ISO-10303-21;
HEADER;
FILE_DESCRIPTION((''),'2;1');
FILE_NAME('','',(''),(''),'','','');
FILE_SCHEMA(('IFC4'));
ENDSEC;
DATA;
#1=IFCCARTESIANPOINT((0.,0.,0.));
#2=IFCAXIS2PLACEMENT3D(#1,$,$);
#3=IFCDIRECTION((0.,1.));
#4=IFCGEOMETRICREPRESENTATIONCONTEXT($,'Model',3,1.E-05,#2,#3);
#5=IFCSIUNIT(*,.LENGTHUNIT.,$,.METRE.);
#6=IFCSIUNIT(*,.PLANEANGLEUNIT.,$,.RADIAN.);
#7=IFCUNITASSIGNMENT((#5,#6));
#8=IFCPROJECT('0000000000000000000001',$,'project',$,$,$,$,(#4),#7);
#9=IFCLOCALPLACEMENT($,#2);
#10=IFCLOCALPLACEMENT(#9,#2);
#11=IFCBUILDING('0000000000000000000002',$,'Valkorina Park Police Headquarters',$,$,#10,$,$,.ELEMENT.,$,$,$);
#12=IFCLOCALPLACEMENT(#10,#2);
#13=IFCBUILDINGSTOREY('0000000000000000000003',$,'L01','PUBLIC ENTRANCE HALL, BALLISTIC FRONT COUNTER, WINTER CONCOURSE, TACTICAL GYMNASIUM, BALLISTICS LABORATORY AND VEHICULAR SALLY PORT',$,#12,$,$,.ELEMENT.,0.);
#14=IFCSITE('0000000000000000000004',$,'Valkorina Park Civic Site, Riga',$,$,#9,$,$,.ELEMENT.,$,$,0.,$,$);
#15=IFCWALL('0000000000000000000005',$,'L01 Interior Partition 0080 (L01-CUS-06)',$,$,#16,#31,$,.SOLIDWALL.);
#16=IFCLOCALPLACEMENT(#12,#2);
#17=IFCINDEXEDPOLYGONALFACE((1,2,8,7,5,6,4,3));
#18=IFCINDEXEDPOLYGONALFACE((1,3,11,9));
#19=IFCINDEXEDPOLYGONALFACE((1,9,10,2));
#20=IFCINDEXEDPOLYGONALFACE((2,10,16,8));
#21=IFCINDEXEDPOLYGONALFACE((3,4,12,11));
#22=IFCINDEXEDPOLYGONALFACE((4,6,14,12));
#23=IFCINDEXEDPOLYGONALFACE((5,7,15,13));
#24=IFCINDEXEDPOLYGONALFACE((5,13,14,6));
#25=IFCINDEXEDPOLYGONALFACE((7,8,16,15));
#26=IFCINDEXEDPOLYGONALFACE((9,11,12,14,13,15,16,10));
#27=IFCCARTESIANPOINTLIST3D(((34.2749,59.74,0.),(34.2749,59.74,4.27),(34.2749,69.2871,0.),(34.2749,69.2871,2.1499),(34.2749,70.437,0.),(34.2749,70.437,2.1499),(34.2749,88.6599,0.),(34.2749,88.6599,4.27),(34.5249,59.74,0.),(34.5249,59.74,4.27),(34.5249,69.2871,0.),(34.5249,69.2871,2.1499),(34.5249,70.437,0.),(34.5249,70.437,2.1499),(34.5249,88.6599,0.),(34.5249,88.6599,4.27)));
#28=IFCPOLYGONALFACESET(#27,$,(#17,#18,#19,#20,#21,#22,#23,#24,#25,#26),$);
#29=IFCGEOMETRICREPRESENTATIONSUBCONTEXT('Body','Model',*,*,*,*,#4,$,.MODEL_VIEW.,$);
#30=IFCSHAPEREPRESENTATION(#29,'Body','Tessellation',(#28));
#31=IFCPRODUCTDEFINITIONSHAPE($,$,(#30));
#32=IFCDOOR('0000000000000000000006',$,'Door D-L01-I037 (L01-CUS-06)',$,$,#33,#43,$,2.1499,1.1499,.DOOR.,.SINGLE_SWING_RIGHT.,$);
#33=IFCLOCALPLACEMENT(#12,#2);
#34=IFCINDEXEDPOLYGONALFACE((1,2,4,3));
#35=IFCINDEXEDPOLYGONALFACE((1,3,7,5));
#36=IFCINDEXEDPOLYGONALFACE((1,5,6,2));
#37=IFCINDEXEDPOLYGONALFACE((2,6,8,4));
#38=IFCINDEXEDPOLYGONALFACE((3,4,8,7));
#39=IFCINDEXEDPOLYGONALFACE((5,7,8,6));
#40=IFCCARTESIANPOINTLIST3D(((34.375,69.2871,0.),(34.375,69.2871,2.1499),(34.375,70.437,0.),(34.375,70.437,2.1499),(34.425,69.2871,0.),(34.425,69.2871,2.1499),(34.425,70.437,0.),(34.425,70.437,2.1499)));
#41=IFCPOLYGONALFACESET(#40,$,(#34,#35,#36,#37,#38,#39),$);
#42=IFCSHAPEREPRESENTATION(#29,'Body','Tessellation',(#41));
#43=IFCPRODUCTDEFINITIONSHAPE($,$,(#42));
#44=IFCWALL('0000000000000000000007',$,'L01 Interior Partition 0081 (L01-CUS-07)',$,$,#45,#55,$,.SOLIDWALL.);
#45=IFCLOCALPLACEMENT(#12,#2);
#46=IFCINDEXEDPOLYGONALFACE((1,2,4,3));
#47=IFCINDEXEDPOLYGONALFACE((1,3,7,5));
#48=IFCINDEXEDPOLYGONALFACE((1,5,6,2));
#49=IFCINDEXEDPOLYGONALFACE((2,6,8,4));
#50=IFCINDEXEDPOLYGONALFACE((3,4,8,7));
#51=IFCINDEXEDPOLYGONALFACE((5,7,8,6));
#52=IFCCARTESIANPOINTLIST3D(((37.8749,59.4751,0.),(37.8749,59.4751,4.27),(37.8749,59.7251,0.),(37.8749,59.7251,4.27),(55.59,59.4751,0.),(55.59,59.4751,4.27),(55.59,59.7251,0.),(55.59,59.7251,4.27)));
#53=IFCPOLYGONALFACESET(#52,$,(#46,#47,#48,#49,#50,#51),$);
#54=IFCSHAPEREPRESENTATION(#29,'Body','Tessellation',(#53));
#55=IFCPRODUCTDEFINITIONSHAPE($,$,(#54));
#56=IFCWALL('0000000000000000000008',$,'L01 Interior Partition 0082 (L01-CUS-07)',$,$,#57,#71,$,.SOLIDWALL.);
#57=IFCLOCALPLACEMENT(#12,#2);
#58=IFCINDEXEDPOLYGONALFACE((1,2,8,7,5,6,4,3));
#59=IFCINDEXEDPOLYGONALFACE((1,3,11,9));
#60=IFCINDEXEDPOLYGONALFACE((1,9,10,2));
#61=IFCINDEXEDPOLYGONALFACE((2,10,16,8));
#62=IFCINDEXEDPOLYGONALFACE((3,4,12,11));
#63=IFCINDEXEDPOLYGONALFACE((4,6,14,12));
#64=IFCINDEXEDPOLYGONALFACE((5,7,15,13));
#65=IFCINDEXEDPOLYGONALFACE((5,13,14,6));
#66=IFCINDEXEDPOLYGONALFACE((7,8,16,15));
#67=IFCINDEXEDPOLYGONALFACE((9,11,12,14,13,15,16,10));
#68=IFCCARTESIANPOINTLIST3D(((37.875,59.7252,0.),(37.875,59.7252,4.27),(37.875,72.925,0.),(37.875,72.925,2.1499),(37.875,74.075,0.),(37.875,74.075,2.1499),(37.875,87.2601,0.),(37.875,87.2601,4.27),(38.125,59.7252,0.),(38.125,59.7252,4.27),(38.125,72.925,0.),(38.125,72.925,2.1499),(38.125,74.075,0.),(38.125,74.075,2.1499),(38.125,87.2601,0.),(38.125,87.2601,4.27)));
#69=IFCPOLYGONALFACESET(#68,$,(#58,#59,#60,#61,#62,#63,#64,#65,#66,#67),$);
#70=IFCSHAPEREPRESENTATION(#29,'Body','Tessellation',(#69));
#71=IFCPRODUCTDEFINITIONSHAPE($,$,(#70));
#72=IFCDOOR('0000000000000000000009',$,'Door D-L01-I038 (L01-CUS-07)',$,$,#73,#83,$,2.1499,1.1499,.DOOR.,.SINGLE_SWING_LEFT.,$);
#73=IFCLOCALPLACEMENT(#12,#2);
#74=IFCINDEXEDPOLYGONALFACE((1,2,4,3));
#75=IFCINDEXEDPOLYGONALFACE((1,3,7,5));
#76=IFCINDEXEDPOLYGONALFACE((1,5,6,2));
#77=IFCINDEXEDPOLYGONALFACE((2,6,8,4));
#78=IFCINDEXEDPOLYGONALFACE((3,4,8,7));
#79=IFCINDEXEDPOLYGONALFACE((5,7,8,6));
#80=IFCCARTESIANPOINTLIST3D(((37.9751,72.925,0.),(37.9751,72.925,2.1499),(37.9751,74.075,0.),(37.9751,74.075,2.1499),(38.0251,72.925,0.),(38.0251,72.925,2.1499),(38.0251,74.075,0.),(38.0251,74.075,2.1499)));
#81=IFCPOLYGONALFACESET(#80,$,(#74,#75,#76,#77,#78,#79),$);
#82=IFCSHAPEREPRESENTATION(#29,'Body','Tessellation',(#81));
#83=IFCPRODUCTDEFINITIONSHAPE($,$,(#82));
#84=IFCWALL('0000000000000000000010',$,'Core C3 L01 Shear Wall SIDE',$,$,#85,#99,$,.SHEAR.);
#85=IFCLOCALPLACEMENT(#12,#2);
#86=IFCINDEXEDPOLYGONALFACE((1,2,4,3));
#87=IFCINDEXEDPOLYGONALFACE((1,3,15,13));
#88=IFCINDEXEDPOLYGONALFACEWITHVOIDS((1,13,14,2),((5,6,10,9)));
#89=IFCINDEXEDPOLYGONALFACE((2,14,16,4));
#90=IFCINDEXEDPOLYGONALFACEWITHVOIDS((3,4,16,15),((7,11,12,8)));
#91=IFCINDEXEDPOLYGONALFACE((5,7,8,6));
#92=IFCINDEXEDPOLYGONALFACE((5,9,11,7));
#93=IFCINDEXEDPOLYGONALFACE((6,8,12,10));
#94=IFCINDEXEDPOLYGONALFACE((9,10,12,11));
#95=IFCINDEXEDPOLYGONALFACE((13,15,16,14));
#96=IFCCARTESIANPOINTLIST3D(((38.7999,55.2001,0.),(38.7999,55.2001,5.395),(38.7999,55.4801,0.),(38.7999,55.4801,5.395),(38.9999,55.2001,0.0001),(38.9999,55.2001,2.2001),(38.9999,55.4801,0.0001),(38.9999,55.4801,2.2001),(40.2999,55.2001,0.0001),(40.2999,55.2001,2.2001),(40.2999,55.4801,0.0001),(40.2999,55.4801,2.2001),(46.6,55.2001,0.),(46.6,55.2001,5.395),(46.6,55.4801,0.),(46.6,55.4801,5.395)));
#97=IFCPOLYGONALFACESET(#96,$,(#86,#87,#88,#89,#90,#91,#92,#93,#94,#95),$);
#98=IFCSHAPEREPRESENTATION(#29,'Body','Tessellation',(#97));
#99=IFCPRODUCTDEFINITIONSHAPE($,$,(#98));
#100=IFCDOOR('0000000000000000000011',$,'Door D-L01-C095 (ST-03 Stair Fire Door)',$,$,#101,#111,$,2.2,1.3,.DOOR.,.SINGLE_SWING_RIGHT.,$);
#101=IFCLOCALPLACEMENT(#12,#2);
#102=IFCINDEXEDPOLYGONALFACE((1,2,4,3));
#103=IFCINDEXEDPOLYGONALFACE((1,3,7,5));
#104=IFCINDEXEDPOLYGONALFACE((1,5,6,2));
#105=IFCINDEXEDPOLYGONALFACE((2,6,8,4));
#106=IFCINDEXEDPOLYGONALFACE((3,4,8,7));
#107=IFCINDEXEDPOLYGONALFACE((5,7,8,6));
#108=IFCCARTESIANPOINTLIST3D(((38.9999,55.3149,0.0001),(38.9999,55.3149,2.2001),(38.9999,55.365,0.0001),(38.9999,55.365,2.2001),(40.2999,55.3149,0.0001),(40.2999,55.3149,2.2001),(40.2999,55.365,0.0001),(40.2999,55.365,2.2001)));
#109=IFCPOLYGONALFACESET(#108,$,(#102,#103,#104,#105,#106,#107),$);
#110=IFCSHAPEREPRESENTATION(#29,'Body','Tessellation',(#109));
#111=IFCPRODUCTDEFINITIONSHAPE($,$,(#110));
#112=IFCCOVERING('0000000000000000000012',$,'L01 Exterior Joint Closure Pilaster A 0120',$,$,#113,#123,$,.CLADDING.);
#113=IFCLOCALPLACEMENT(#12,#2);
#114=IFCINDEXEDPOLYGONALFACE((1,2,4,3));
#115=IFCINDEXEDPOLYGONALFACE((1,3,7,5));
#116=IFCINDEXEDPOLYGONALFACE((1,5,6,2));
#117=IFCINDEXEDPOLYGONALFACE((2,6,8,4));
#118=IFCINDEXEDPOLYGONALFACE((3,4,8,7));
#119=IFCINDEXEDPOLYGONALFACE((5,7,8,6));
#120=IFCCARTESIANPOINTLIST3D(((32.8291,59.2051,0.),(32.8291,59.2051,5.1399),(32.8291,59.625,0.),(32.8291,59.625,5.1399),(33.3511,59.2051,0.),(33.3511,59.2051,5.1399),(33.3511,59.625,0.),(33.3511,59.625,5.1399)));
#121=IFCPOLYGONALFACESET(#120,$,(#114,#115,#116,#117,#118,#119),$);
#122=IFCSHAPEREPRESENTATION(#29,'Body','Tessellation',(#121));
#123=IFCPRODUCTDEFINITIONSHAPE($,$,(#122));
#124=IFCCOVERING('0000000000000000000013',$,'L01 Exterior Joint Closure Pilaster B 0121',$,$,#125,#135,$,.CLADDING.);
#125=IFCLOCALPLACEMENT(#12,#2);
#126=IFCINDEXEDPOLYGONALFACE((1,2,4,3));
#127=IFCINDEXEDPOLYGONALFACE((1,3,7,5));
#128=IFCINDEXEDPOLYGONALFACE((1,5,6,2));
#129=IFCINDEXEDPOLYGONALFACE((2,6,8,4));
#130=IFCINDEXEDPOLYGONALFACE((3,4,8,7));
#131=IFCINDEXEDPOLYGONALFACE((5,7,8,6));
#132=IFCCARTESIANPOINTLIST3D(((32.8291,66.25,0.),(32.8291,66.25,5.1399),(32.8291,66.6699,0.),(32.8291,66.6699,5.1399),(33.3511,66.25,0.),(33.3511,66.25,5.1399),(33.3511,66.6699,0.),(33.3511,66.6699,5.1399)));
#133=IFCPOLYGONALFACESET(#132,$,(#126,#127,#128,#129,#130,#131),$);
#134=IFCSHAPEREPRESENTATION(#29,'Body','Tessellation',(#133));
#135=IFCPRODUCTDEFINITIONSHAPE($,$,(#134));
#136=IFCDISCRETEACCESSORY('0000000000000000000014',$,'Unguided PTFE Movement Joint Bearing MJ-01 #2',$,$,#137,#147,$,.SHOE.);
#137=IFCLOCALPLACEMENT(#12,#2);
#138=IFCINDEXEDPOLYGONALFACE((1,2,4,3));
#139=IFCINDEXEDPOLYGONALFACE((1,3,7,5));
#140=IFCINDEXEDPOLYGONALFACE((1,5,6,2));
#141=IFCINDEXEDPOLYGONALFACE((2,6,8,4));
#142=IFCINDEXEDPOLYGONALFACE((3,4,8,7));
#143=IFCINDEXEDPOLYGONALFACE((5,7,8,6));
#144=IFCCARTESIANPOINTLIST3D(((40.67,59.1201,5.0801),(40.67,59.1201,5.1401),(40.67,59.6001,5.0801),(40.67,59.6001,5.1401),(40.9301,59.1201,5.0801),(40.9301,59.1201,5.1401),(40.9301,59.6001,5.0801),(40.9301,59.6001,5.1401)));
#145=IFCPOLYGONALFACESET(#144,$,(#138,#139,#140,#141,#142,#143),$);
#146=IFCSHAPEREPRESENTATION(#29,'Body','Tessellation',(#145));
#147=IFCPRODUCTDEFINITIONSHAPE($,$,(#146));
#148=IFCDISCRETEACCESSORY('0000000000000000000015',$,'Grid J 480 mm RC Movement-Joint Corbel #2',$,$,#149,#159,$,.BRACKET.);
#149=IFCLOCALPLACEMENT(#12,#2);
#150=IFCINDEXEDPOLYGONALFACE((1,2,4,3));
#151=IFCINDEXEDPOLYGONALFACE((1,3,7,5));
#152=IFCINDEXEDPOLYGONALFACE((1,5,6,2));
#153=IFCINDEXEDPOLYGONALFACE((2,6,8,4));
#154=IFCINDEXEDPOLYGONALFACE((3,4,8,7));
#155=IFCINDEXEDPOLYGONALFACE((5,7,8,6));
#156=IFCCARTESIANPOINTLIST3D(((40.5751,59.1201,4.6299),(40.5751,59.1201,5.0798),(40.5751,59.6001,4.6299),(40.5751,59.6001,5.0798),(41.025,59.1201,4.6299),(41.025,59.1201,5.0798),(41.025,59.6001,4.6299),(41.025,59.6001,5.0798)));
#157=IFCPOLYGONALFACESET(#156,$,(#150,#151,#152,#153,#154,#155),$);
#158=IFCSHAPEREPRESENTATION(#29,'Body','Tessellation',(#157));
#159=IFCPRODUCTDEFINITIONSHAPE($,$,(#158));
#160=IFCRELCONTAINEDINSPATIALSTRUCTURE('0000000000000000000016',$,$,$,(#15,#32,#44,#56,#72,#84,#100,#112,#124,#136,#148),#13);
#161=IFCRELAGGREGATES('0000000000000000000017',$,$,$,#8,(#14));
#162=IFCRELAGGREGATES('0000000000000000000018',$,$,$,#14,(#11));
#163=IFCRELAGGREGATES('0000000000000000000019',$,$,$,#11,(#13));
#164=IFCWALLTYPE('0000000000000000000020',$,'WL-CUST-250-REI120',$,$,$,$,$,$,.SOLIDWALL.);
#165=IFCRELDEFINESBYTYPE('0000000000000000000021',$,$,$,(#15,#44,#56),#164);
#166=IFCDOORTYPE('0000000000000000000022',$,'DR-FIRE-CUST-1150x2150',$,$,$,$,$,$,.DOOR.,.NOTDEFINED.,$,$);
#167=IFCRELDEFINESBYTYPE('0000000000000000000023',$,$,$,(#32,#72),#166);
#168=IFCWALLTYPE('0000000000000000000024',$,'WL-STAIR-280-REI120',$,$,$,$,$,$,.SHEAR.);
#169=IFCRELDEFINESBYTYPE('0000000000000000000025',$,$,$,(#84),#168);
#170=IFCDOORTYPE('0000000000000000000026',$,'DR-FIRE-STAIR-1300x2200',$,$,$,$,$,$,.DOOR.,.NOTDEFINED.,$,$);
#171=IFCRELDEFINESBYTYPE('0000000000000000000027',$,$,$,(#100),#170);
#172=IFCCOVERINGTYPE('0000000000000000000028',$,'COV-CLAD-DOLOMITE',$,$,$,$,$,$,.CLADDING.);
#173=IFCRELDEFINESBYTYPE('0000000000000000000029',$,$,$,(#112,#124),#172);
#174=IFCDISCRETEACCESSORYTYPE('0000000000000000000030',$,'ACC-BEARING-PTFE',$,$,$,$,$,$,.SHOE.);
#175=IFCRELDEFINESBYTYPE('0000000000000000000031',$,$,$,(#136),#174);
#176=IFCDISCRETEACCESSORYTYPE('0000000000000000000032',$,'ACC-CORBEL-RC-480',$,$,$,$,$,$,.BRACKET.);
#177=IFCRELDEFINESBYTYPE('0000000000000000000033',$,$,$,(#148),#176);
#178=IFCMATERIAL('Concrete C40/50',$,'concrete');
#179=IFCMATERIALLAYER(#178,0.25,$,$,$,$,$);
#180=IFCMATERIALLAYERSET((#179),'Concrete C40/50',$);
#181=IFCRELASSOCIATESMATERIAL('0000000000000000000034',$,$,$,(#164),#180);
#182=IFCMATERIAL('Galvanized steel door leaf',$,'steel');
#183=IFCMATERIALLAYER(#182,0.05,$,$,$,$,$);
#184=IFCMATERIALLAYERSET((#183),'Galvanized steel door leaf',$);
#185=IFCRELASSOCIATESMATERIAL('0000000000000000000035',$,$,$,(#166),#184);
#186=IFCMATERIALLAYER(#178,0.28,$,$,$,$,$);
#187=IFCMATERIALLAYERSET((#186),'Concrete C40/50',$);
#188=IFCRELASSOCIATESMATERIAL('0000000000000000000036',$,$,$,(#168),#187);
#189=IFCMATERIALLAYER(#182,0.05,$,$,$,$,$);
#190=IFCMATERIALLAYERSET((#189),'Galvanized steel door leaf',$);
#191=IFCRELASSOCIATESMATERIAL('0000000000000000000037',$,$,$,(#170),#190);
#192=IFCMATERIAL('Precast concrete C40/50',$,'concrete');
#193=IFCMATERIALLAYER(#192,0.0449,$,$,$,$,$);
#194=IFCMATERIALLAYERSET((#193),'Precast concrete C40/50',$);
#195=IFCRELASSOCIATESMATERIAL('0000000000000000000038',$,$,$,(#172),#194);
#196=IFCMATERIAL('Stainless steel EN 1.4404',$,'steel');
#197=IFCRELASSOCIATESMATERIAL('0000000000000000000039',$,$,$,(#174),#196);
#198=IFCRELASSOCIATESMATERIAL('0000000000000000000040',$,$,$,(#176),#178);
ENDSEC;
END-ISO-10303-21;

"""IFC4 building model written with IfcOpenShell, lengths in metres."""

from ifc_helpers import new_model, si_unit, direction, frame, frame_2d, origin, origin_2d, place, context, subcontext, project, spatial, rectangle, extrude, material, layer, layer_set, type_object, element, fill, save


model = new_model("IFC4")

# Units and contexts
model_context = context("Model", 3, precision=1e-05, world=origin(), true_north=direction((0.0, 1.0)))
body_context = subcontext(model_context, "Body", "Model", "MODEL_VIEW")
ifc_project = project(units=[si_unit("LENGTHUNIT", "METRE"), si_unit("PLANEANGLEUNIT", "RADIAN")], contexts=[model_context])

# Site, building, storey
site_placement = place(None, origin())
site = spatial("IfcSite", under=ifc_project, at=site_placement, Name="Valkorina Park Civic Site, Riga", CompositionType="ELEMENT", RefElevation=0.0)
building_placement = place(site_placement, origin())
building = spatial("IfcBuilding", under=site, at=building_placement, Name="Valkorina Park Police Headquarters", CompositionType="ELEMENT")
storey_placement = place(building_placement, origin())
storey = spatial("IfcBuildingStorey", under=building, at=storey_placement, Name="L01", Description="PUBLIC ENTRANCE HALL, BALLISTIC FRONT COUNTER, WINTER CONCOURSE, TACTICAL GYMNASIUM, BALLISTICS LABORATORY AND VEHICULAR SALLY PORT", CompositionType="ELEMENT", Elevation=0.0)

# Shared definitions
ifc_material_1 = material(Name="Concrete C40/50", Category="concrete")

# Wall, opening, door
ifc_layer_1 = layer(ifc_material_1, 0.25)
ifc_layer_set_1 = layer_set([ifc_layer_1], Name="Concrete C40/50")
wall_type_1 = type_object("IfcWallType", Name="WL-CUST-250-REI120", PredefinedType="SOLIDWALL", material=ifc_layer_set_1)
wall_1_placement = place(storey_placement, frame((34.3999, 59.74, 0.0), z_axis=(0.0, 0.0, 1.0), x_axis=(0.0, 1.0, 0.0)))
wall_1 = element("IfcWall", 1, at=wall_1_placement, inside=storey, type_object=wall_type_1, Name="L01 Interior Partition 0080 (L01-CUS-06)", PredefinedType="SOLIDWALL", context=body_context, shape_type="SweptSolid", body=[
    extrude(rectangle(XDim=28.9199, YDim=0.25, at=frame_2d((14.46, 0.0))), origin(), (0.0, 0.0, 1.0), 4.27),
])
opening_1_placement = place(wall_1_placement, frame((9.5471, 0.0, 0.0)))
opening_1 = element("IfcOpeningElement", 2, at=opening_1_placement, cuts=wall_1, PredefinedType="OPENING", context=body_context, shape_type="SweptSolid", body=[
    extrude(rectangle(XDim=1.1499, YDim=2.1499, at=frame_2d((0.575, 1.075))), frame((0.0, 0.135, 0.0), z_axis=(0.0, -1.0, 0.0), x_axis=(1.0, 0.0, 0.0)), (0.0, 0.0, 1.0), 0.27),
])
ifc_material_2 = material(Name="Galvanized steel door leaf", Category="steel")
ifc_layer_2 = layer(ifc_material_2, 0.05)
ifc_layer_set_2 = layer_set([ifc_layer_2], Name="Galvanized steel door leaf")
door_type_1 = type_object("IfcDoorType", Name="DR-FIRE-CUST-1150x2150", OperationType="NOTDEFINED", PredefinedType="DOOR", material=ifc_layer_set_2)
door_1_placement = place(opening_1_placement, origin())
door_1 = element("IfcDoor", 3, at=door_1_placement, inside=storey, type_object=door_type_1, Name="Door D-L01-I037 (L01-CUS-06)", OperationType="SINGLE_SWING_RIGHT", OverallHeight=2.1499, OverallWidth=1.1499, PredefinedType="DOOR", context=body_context, shape_type="SweptSolid", body=[
    extrude(rectangle(XDim=1.1499, YDim=2.1499, at=frame_2d((0.575, 1.075))), frame((0.0, 0.0249, 0.0), z_axis=(0.0, -1.0, 0.0), x_axis=(1.0, 0.0, 0.0)), (0.0, 0.0, 1.0), 0.05),
])
fill(opening_1, door_1)

# Wall
wall_2_placement = place(storey_placement, frame((37.875, 59.6001, 0.0), z_axis=(0.0, 0.0, 1.0), x_axis=(1.0, 0.0, 0.0)))
element("IfcWall", 4, at=wall_2_placement, inside=storey, type_object=wall_type_1, Name="L01 Interior Partition 0081 (L01-CUS-07)", PredefinedType="SOLIDWALL", context=body_context, shape_type="SweptSolid", body=[
    extrude(rectangle(XDim=17.7151, YDim=0.25, at=frame_2d((8.8574, 0.0))), origin(), (0.0, 0.0, 1.0), 4.27),
])

# Walls, openings, doors
wall_3_placement = place(storey_placement, frame((38.0, 59.7251, 0.0), z_axis=(0.0, 0.0, 1.0), x_axis=(0.0, 1.0, 0.0)))
wall_3 = element("IfcWall", 5, at=wall_3_placement, inside=storey, type_object=wall_type_1, Name="L01 Interior Partition 0082 (L01-CUS-07)", PredefinedType="SOLIDWALL", context=body_context, shape_type="SweptSolid", body=[
    extrude(rectangle(XDim=27.5349, YDim=0.25, at=frame_2d((13.7676, 0.0))), origin(), (0.0, 0.0, 1.0), 4.27),
])
opening_2_placement = place(wall_3_placement, frame((13.2, 0.0, 0.0)))
opening_2 = element("IfcOpeningElement", 6, at=opening_2_placement, cuts=wall_3, PredefinedType="OPENING", context=body_context, shape_type="SweptSolid", body=[
    extrude(rectangle(XDim=1.1499, YDim=2.1499, at=frame_2d((0.575, 1.075))), frame((0.0, 0.135, 0.0), z_axis=(0.0, -1.0, 0.0), x_axis=(1.0, 0.0, 0.0)), (0.0, 0.0, 1.0), 0.27),
])
door_2_placement = place(opening_2_placement, origin())
door_2 = element("IfcDoor", 7, at=door_2_placement, inside=storey, type_object=door_type_1, Name="Door D-L01-I038 (L01-CUS-07)", OperationType="SINGLE_SWING_LEFT", OverallHeight=2.1499, OverallWidth=1.1499, PredefinedType="DOOR", context=body_context, shape_type="SweptSolid", body=[
    extrude(rectangle(XDim=1.1499, YDim=2.1499, at=frame_2d((0.575, 1.075))), frame((0.0, 0.0249, 0.0), z_axis=(0.0, -1.0, 0.0), x_axis=(1.0, 0.0, 0.0)), (0.0, 0.0, 1.0), 0.05),
])
fill(opening_2, door_2)
ifc_layer_3 = layer(ifc_material_1, 0.28)
ifc_layer_set_3 = layer_set([ifc_layer_3], Name="Concrete C40/50")
wall_type_2 = type_object("IfcWallType", Name="WL-STAIR-280-REI120", PredefinedType="SHEAR", material=ifc_layer_set_3)
wall_4_placement = place(storey_placement, frame((38.8, 55.3401, 0.0), z_axis=(0.0, 0.0, 1.0), x_axis=(1.0, 0.0, 0.0)))
wall_4 = element("IfcWall", 8, at=wall_4_placement, inside=storey, type_object=wall_type_2, Name="Core C3 L01 Shear Wall SIDE", PredefinedType="SHEAR", context=body_context, shape_type="SweptSolid", body=[
    extrude(rectangle(XDim=7.8, YDim=0.28, at=frame_2d((3.8999, 0.0))), origin(), (0.0, 0.0, 1.0), 5.395),
])
opening_3_placement = place(wall_4_placement, frame((0.2, 0.0, 0.0)))
opening_3 = element("IfcOpeningElement", 9, at=opening_3_placement, cuts=wall_4, PredefinedType="OPENING", context=body_context, shape_type="SweptSolid", body=[
    extrude(rectangle(XDim=1.3, YDim=2.2, at=frame_2d((0.6499, 1.1001))), frame((0.0, 0.1499, 0.0), z_axis=(0.0, -1.0, 0.0), x_axis=(1.0, 0.0, 0.0)), (0.0, 0.0, 1.0), 0.3),
])
ifc_layer_4 = layer(ifc_material_2, 0.05)
ifc_layer_set_4 = layer_set([ifc_layer_4], Name="Galvanized steel door leaf")
door_type_2 = type_object("IfcDoorType", Name="DR-FIRE-STAIR-1300x2200", OperationType="NOTDEFINED", PredefinedType="DOOR", material=ifc_layer_set_4)
door_3_placement = place(opening_3_placement, origin())
door_3 = element("IfcDoor", 10, at=door_3_placement, inside=storey, type_object=door_type_2, Name="Door D-L01-C095 (ST-03 Stair Fire Door)", OperationType="SINGLE_SWING_RIGHT", OverallHeight=2.2, OverallWidth=1.3, PredefinedType="DOOR", context=body_context, shape_type="SweptSolid", body=[
    extrude(rectangle(XDim=1.3, YDim=2.2, at=frame_2d((0.6499, 1.1001))), frame((0.0, 0.0249, 0.0), z_axis=(0.0, -1.0, 0.0), x_axis=(1.0, 0.0, 0.0)), (0.0, 0.0, 1.0), 0.05),
])
fill(opening_3, door_3)

# Coverings
ifc_material_3 = material(Name="Precast concrete C40/50", Category="concrete")
ifc_layer_5 = layer(ifc_material_3, 0.0449)
ifc_layer_set_5 = layer_set([ifc_layer_5], Name="Precast concrete C40/50")
covering_type = type_object("IfcCoveringType", Name="COV-CLAD-DOLOMITE", PredefinedType="CLADDING", material=ifc_layer_set_5)
for number, where, z_axis, x_axis, name in (
    (11, (33.0901, 59.415, 0.0), (0.0, 0.0, 1.0), (0.0, 1.0, 0.0), "L01 Exterior Joint Closure Pilaster A 0120"),
    (12, (33.0901, 66.46, 0.0), (0.0, 0.0, 1.0), (0.0, 1.0, 0.0), "L01 Exterior Joint Closure Pilaster B 0121"),
):
    element("IfcCovering", number, at=place(storey_placement, frame(where, z_axis=z_axis, x_axis=x_axis)), inside=storey, type_object=covering_type, Name=name, PredefinedType="CLADDING", context=body_context, shape_type="SweptSolid", body=[
        extrude(rectangle(XDim=0.4199, YDim=0.522, at=origin_2d()), origin(), (0.0, 0.0, 1.0), 5.1399),
    ])

# Discrete accessories
ifc_material_4 = material(Name="Stainless steel EN 1.4404", Category="steel")
discrete_accessory_type_1 = type_object("IfcDiscreteAccessoryType", Name="ACC-BEARING-PTFE", PredefinedType="SHOE", material=ifc_material_4)
discrete_accessory_1_placement = place(storey_placement, frame((40.8, 59.3601, 5.0801), z_axis=(0.0, 0.0, 1.0), x_axis=(1.0, 0.0, 0.0)))
element("IfcDiscreteAccessory", 13, at=discrete_accessory_1_placement, inside=storey, type_object=discrete_accessory_type_1, Name="Unguided PTFE Movement Joint Bearing MJ-01 #2", PredefinedType="SHOE", context=body_context, shape_type="SweptSolid", body=[
    extrude(rectangle(XDim=0.26, YDim=0.48, at=origin_2d()), origin(), (0.0, 0.0, 1.0), 0.0601),
])
discrete_accessory_type_2 = type_object("IfcDiscreteAccessoryType", Name="ACC-CORBEL-RC-480", PredefinedType="BRACKET", material=ifc_material_1)
discrete_accessory_2_placement = place(storey_placement, frame((40.8, 59.3601, 4.6299), z_axis=(0.0, 0.0, 1.0), x_axis=(1.0, 0.0, 0.0)))
element("IfcDiscreteAccessory", 14, at=discrete_accessory_2_placement, inside=storey, type_object=discrete_accessory_type_2, Name="Grid J 480 mm RC Movement-Joint Corbel #2", PredefinedType="BRACKET", context=body_context, shape_type="SweptSolid", body=[
    extrude(rectangle(XDim=0.45, YDim=0.48, at=origin_2d()), origin(), (0.0, 0.0, 1.0), 0.45),
])

save(model, "model.ifc")
